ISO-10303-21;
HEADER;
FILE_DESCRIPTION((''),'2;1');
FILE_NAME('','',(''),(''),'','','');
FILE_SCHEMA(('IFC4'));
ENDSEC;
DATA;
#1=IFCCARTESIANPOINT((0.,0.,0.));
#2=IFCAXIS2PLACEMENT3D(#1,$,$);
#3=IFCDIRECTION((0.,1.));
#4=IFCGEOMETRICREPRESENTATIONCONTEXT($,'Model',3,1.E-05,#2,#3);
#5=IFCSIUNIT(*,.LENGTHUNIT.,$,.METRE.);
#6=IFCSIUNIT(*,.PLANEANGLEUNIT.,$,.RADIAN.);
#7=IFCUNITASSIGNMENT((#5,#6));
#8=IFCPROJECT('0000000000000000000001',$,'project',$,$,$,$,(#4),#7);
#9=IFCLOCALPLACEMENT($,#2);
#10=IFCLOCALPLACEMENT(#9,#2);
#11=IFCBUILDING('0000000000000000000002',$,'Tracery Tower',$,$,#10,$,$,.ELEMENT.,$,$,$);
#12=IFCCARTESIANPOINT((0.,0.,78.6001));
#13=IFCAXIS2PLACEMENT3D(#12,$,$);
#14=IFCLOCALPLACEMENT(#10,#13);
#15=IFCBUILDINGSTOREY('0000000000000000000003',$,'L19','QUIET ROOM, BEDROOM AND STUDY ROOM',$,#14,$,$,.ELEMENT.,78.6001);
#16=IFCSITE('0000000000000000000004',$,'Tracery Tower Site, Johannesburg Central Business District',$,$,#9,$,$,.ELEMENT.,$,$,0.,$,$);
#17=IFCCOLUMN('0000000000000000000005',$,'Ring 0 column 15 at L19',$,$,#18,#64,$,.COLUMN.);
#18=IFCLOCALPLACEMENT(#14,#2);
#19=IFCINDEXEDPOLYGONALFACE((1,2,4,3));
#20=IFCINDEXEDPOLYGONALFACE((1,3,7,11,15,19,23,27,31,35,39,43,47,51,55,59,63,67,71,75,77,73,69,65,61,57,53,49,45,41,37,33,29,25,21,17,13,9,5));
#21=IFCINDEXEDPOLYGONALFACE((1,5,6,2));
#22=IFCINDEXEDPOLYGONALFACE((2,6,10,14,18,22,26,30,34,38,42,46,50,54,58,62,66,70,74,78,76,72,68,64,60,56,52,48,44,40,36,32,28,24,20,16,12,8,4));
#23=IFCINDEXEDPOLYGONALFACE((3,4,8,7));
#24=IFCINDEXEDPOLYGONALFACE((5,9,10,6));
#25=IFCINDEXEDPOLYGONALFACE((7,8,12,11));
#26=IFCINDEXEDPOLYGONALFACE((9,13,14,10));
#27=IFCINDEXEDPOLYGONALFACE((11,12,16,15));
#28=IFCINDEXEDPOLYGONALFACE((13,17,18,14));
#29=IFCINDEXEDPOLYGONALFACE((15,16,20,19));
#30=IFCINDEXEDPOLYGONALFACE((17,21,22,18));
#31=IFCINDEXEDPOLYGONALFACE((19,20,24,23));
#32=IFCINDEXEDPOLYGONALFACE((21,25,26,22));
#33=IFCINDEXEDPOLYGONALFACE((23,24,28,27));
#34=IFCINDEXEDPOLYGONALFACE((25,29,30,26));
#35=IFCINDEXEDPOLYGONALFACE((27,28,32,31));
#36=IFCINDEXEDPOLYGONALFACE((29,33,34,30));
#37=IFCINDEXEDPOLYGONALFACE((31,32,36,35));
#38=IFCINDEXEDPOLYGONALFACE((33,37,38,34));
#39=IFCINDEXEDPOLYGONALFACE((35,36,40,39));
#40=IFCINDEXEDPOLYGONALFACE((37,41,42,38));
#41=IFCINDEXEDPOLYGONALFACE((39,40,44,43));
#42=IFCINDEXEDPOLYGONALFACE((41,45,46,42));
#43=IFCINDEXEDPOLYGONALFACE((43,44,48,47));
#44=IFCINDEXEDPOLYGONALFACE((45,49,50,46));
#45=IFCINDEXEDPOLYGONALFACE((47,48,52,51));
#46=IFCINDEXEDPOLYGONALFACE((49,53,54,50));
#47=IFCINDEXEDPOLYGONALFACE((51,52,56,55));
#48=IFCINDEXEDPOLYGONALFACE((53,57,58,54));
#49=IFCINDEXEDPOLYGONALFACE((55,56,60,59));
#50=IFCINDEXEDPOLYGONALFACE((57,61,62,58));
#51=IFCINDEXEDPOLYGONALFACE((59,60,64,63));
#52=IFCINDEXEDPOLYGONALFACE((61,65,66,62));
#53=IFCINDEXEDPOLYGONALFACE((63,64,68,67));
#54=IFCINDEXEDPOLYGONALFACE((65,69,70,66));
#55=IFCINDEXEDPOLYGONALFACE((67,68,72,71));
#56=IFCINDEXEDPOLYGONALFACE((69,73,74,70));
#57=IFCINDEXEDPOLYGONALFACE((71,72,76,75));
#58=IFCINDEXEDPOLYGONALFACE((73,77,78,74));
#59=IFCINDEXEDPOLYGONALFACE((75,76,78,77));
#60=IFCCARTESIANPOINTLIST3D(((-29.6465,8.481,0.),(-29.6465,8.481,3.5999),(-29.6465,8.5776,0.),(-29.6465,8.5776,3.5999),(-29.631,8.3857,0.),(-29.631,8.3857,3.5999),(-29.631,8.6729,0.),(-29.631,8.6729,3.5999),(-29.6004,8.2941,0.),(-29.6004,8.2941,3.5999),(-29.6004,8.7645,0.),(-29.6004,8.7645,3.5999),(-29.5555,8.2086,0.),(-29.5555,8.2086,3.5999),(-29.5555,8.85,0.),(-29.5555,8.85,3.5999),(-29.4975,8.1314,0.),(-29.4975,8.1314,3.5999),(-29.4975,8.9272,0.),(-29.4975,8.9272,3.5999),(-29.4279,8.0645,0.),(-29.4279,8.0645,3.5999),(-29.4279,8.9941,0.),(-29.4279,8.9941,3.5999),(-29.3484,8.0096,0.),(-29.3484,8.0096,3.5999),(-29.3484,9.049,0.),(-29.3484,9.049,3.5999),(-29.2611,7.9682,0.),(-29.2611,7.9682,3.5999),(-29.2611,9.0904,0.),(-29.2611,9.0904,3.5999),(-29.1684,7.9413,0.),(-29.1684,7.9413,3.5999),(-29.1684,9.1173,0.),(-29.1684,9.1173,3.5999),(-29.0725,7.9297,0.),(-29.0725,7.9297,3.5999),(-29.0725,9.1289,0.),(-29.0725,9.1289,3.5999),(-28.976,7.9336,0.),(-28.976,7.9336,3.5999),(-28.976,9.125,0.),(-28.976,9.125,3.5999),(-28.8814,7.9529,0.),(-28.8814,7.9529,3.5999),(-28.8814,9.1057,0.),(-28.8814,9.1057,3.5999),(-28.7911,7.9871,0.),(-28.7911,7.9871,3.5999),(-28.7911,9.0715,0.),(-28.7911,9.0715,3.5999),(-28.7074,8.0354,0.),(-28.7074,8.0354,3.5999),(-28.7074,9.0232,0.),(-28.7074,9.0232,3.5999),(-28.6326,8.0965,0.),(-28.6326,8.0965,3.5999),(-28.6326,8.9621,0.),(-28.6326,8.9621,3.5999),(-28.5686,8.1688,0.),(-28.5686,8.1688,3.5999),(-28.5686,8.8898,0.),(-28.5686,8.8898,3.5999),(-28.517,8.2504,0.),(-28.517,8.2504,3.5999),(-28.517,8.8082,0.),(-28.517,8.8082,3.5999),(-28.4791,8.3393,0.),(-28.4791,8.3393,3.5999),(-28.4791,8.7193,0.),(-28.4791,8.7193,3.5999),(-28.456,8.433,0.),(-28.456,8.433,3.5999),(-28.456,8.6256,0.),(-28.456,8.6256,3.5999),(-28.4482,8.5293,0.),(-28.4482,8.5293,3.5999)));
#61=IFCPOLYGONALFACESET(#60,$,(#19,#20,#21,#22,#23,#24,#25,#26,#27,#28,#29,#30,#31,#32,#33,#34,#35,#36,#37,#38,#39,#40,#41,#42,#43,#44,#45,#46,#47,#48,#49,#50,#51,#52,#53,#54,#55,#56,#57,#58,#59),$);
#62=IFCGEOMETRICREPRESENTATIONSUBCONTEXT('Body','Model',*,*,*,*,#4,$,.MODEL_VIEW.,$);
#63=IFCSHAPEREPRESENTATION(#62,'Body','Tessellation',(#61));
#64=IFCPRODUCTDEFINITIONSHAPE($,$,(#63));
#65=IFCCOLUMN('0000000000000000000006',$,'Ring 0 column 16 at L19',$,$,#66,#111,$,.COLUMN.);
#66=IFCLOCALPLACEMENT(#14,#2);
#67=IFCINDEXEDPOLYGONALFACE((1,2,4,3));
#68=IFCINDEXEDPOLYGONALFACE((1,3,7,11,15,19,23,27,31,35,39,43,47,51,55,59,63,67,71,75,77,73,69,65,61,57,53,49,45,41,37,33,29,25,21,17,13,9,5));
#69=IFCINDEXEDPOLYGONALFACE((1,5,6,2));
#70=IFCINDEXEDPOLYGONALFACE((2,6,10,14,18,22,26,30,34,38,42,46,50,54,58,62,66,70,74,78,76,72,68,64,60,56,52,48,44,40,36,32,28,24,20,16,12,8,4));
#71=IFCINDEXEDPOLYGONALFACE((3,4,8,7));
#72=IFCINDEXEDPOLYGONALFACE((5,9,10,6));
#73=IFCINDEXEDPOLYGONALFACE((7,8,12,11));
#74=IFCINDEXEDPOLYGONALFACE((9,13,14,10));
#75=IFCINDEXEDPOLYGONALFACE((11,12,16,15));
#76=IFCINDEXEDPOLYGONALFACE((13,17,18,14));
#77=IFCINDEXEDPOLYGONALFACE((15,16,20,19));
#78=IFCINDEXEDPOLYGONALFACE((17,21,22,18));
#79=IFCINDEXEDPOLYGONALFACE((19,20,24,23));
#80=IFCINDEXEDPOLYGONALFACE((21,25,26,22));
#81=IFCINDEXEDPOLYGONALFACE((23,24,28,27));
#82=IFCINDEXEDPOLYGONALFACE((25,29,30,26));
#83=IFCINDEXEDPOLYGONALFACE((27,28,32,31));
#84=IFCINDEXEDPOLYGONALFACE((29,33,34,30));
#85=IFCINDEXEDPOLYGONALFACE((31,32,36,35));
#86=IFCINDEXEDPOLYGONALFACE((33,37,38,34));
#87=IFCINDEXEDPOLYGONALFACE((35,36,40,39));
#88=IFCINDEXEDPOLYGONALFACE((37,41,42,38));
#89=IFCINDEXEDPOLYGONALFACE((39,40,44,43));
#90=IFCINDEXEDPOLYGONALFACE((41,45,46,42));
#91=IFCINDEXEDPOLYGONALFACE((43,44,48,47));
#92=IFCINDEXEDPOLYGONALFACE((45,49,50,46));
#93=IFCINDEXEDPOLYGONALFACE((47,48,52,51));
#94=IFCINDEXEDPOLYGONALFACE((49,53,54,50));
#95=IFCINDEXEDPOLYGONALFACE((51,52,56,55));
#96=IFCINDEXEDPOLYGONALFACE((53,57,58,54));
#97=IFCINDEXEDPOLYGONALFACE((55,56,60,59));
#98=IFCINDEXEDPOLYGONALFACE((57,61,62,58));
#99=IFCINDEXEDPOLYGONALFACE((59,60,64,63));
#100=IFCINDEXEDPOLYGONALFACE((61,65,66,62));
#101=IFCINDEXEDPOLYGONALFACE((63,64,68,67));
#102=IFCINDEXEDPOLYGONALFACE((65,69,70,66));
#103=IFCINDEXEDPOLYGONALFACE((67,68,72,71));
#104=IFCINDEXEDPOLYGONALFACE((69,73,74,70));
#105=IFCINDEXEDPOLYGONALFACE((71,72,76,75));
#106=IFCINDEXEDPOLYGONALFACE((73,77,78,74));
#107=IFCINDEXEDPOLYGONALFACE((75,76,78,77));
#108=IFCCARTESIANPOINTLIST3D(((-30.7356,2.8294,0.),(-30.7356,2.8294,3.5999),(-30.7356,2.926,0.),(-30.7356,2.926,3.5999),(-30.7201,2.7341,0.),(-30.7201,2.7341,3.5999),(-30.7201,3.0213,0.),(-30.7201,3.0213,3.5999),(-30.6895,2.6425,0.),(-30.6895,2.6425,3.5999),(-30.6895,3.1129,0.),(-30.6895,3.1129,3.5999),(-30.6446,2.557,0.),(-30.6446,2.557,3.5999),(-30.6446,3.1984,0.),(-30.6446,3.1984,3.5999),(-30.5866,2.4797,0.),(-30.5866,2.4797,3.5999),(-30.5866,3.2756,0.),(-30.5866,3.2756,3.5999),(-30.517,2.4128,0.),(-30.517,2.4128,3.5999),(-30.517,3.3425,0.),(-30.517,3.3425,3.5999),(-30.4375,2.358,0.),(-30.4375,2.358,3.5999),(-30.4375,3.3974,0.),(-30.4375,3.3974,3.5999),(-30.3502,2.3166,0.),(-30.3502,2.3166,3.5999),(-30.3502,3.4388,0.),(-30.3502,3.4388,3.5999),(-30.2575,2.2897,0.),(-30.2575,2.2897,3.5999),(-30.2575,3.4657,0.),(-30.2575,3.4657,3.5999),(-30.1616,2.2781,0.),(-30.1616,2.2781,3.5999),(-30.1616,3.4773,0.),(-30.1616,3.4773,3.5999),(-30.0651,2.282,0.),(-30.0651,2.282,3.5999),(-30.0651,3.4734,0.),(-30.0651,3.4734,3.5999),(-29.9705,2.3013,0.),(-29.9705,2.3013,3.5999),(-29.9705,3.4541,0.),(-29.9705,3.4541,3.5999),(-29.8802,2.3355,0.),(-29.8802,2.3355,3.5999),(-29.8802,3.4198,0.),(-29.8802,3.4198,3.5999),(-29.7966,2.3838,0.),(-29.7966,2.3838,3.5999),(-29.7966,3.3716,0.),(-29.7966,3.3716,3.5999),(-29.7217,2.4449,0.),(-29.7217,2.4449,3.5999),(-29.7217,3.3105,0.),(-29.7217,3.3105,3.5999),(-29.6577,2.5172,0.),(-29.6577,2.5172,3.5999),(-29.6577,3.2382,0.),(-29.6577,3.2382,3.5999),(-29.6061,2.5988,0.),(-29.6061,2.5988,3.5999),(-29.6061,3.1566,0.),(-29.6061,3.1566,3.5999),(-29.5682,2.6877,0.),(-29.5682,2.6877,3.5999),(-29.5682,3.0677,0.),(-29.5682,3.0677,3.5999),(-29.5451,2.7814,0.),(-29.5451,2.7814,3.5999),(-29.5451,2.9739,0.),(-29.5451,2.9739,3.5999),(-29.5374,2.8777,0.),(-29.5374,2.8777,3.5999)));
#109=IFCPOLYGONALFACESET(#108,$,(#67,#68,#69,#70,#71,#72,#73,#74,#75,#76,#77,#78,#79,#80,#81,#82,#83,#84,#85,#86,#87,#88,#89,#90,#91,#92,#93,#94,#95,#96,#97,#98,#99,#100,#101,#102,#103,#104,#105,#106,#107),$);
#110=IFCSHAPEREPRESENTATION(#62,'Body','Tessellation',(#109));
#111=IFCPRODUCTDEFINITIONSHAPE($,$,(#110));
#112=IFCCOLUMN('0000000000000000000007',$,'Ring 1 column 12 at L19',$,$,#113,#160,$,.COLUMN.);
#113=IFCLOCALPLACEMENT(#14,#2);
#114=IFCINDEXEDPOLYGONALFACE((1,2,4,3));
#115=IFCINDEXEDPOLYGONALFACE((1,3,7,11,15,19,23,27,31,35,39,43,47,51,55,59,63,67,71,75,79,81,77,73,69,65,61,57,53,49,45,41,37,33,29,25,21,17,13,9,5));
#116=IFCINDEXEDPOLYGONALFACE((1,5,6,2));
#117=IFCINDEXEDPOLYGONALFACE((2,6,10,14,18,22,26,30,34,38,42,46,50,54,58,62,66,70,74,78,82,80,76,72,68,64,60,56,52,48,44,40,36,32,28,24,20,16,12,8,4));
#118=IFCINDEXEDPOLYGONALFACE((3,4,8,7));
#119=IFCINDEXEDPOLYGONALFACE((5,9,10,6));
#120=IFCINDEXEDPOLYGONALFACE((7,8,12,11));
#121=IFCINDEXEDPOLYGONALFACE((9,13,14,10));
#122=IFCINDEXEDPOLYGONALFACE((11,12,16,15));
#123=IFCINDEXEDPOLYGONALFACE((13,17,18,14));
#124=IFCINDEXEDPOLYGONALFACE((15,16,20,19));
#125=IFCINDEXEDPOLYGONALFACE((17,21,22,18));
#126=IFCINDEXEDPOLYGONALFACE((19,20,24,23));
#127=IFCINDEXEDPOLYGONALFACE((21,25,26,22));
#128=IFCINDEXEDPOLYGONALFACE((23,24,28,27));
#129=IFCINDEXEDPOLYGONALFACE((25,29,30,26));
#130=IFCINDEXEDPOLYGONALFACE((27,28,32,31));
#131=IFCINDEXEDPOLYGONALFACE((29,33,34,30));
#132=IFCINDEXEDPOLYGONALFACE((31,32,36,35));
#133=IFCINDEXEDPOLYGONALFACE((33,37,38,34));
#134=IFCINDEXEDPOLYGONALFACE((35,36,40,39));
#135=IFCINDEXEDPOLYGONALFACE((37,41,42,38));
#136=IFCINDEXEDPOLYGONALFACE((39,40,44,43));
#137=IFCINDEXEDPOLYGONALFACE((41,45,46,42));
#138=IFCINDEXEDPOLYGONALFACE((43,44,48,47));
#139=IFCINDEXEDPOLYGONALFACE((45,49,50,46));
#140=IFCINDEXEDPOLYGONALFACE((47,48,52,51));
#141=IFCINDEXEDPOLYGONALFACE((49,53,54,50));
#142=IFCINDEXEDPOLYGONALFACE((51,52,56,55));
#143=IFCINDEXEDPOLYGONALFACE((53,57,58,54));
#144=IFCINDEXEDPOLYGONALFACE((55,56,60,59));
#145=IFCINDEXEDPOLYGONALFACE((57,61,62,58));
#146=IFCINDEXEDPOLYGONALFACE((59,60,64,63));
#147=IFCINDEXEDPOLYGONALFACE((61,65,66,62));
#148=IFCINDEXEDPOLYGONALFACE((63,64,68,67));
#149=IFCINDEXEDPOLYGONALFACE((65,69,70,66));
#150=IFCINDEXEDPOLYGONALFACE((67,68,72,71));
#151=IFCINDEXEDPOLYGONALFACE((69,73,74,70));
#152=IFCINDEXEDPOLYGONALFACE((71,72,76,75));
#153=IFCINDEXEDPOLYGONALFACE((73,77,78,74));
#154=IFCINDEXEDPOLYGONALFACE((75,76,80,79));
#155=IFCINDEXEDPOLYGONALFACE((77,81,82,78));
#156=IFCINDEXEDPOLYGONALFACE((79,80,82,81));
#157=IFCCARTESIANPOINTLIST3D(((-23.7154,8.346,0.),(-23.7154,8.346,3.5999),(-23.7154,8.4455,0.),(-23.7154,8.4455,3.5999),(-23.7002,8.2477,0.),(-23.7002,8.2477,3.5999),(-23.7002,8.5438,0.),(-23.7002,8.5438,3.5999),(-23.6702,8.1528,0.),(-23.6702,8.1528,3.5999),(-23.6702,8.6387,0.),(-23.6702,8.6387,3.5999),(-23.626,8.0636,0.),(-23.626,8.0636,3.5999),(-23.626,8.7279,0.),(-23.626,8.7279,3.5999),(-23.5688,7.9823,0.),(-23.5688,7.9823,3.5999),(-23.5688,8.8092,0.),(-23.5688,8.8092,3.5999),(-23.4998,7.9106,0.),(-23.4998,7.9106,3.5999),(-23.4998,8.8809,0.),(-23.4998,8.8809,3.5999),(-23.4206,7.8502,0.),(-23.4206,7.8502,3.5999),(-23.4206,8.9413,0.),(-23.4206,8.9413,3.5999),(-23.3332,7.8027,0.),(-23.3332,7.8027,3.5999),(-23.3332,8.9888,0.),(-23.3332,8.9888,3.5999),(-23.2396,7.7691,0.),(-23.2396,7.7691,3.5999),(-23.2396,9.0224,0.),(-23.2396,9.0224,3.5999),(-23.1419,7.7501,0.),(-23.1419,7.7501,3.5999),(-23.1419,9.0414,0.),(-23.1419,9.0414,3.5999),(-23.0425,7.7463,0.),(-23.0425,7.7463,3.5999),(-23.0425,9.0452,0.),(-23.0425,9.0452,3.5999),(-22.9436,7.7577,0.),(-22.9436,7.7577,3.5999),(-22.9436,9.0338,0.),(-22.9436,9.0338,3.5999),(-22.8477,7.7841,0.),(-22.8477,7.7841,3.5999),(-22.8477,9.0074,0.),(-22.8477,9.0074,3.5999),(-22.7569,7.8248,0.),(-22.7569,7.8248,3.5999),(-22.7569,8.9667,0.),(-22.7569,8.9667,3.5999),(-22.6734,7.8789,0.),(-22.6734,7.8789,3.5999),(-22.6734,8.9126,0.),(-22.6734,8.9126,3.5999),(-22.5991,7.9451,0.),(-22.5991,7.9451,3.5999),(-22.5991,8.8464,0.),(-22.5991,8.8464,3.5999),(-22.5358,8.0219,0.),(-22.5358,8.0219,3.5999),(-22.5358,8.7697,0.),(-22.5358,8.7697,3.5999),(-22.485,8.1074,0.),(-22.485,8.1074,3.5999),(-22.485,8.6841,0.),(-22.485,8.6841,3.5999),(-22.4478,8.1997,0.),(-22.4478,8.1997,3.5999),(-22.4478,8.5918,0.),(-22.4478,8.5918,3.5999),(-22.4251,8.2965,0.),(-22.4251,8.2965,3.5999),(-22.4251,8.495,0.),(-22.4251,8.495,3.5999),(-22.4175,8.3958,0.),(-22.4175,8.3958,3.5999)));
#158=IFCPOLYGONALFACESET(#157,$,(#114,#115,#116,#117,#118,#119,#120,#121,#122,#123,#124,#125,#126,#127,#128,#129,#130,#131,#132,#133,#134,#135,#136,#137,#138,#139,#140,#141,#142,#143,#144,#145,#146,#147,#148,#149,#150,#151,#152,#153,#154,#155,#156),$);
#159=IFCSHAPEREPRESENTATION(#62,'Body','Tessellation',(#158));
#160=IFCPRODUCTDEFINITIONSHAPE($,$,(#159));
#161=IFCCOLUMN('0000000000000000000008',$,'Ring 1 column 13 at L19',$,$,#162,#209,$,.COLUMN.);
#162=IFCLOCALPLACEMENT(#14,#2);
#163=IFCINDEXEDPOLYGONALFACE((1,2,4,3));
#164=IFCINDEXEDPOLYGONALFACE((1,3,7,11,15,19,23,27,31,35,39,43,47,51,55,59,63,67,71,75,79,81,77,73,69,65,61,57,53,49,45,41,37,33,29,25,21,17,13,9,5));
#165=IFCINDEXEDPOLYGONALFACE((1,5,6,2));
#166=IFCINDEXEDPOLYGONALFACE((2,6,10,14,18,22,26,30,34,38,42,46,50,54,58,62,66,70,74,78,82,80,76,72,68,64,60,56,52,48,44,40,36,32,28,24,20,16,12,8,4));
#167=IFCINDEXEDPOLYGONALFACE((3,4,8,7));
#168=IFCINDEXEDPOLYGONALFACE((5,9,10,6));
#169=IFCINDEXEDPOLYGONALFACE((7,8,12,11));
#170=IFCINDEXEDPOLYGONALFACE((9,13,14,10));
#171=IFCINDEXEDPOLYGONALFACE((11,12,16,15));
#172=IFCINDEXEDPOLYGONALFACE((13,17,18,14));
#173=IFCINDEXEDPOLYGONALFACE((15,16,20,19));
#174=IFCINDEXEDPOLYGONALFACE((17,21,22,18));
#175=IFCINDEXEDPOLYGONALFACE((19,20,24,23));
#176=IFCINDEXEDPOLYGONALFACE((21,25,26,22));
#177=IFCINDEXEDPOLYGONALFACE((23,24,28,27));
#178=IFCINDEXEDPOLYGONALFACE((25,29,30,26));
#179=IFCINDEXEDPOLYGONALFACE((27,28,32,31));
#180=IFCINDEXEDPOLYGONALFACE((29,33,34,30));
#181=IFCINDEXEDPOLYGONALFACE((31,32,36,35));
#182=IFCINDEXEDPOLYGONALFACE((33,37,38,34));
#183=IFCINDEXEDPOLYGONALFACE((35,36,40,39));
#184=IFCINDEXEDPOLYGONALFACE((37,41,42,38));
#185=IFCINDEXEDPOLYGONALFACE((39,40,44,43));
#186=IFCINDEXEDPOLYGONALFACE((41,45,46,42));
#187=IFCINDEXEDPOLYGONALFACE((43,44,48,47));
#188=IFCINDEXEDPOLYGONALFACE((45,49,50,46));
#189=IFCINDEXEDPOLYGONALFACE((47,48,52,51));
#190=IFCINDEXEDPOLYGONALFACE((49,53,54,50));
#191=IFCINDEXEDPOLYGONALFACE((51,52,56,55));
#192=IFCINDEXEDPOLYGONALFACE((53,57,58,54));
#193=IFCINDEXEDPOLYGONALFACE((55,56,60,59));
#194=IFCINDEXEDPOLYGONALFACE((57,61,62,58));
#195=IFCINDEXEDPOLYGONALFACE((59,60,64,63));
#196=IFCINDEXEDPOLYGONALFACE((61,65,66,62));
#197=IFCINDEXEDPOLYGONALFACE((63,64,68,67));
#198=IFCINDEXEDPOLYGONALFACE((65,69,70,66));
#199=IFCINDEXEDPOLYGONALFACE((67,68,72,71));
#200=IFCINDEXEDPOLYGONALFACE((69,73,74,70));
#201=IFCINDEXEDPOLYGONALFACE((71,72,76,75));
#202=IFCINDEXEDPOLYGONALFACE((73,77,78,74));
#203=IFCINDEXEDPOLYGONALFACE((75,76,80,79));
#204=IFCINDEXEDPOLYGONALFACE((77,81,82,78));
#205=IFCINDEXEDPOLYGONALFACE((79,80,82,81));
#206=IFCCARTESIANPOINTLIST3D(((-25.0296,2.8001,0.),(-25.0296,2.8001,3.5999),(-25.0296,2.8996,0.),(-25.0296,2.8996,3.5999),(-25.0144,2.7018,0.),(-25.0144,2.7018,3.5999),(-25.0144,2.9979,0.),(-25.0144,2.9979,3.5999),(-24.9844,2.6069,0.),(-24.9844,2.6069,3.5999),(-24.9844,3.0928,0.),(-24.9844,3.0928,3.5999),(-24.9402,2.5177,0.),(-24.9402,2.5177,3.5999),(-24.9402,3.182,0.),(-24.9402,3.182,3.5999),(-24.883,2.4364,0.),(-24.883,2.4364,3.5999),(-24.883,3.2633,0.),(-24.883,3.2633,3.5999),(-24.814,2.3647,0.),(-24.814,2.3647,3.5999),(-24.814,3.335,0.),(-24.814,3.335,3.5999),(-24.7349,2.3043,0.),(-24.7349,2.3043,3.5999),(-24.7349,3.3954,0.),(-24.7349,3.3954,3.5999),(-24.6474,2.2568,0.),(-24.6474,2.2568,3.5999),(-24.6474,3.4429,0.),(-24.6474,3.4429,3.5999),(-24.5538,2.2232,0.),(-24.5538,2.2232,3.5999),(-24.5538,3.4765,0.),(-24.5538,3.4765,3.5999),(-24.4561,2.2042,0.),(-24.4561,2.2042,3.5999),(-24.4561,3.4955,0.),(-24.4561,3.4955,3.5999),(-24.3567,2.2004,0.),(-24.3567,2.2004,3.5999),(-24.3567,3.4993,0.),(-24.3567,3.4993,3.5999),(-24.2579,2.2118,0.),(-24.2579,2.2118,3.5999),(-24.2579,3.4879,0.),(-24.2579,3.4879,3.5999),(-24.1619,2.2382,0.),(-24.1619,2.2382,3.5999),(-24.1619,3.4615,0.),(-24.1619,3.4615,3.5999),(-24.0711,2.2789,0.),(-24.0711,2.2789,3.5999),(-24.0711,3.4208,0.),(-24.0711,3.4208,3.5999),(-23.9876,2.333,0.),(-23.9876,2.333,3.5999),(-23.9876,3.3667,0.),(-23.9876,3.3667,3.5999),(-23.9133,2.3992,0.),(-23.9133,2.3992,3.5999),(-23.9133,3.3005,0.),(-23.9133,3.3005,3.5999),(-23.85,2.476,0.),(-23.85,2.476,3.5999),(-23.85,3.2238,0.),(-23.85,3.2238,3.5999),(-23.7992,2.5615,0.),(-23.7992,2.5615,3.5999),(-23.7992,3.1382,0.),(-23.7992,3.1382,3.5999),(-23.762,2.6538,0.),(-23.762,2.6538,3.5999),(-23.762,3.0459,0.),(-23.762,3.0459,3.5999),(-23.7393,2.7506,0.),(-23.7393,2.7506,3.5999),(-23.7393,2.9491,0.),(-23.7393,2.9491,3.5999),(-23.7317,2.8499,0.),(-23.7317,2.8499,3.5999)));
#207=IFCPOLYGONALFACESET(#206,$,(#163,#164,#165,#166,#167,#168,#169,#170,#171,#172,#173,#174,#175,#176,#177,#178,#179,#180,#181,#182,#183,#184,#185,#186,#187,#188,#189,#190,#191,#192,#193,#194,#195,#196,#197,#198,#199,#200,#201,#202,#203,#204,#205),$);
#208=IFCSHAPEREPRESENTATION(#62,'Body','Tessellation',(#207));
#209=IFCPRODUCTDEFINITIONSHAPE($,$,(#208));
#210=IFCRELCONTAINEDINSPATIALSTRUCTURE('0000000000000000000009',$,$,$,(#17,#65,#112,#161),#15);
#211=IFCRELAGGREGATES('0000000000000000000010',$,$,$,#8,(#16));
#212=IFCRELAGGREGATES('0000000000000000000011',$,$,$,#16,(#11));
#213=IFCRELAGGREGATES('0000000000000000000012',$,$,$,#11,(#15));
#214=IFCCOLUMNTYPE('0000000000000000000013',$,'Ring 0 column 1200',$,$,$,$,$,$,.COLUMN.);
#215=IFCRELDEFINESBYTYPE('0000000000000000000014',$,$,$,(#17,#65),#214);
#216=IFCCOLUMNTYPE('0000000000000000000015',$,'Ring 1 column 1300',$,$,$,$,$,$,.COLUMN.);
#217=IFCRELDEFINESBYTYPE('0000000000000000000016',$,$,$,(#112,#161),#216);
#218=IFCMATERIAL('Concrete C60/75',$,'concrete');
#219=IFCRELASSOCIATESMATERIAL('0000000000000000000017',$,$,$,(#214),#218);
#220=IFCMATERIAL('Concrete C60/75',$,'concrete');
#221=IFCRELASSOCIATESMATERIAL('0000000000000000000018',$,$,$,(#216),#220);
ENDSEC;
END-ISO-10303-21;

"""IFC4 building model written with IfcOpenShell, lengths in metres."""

from ifc_helpers import new_model, si_unit, direction, frame, origin, origin_2d, place, context, subcontext, project, spatial, circle, extrude, material, material_profile, profile_set, type_object, element, save


model = new_model("IFC4")

# Units and contexts
model_context = context("Model", 3, precision=1e-05, world=origin(), true_north=direction((0.0, 1.0)))
body_context = subcontext(model_context, "Body", "Model", "MODEL_VIEW")
ifc_project = project(units=[si_unit("LENGTHUNIT", "METRE"), si_unit("PLANEANGLEUNIT", "RADIAN")], contexts=[model_context])

# Site, building, storey
site_placement = place(None, origin())
site = spatial("IfcSite", under=ifc_project, at=site_placement, Name="Tracery Tower Site, Johannesburg Central Business District", CompositionType="ELEMENT", RefElevation=0.0)
building_placement = place(site_placement, origin())
building = spatial("IfcBuilding", under=site, at=building_placement, Name="Tracery Tower", CompositionType="ELEMENT")
storey_placement = place(building_placement, frame((0.0, 0.0, 78.6001)))
storey = spatial("IfcBuildingStorey", under=building, at=storey_placement, Name="L19", Description="QUIET ROOM, BEDROOM AND STUDY ROOM", CompositionType="ELEMENT", Elevation=78.6001)

# Columns
ifc_material_1 = material(Name="Concrete C60/75", Category="concrete")
ifc_material_profile_1 = material_profile(ifc_material_1, circle(Radius=0.6001, at=origin_2d()), Name="RC D1200")
ifc_profile_set_1 = profile_set([ifc_material_profile_1], Name="Concrete C60/75")
column_type_1 = type_object("IfcColumnType", Name="Ring 0 column 1200", PredefinedType="COLUMN", material=ifc_profile_set_1)
for number, where, z_axis, x_axis, name in (
    (1, (-29.0483, 8.5293, 0.0), (0.0, 0.0, 1.0), (1.0, 0.0, 0.0), "Ring 0 column 15 at L19"),
    (2, (-30.1375, 2.8777, 0.0), (0.0, 0.0, 1.0), (1.0, 0.0, 0.0), "Ring 0 column 16 at L19"),
):
    element("IfcColumn", number, at=place(storey_placement, frame(where, z_axis=z_axis, x_axis=x_axis)), inside=storey, type_object=column_type_1, Name=name, PredefinedType="COLUMN", context=body_context, shape_type="SweptSolid", body=[
        extrude(circle(Radius=0.6001, at=origin_2d()), origin(), (0.0, 0.0, 1.0), 3.5999),
    ])
ifc_material_2 = material(Name="Concrete C60/75", Category="concrete")
ifc_material_profile_2 = material_profile(ifc_material_2, circle(Radius=0.6499, at=origin_2d()), Name="RC D1300")
ifc_profile_set_2 = profile_set([ifc_material_profile_2], Name="Concrete C60/75")
column_type_2 = type_object("IfcColumnType", Name="Ring 1 column 1300", PredefinedType="COLUMN", material=ifc_profile_set_2)
for number, where, z_axis, x_axis, name in (
    (3, (-23.0674, 8.3958, 0.0), (0.0, 0.0, 1.0), (1.0, 0.0, 0.0), "Ring 1 column 12 at L19"),
    (4, (-24.3816, 2.8499, 0.0), (0.0, 0.0, 1.0), (1.0, 0.0, 0.0), "Ring 1 column 13 at L19"),
):
    element("IfcColumn", number, at=place(storey_placement, frame(where, z_axis=z_axis, x_axis=x_axis)), inside=storey, type_object=column_type_2, Name=name, PredefinedType="COLUMN", context=body_context, shape_type="SweptSolid", body=[
        extrude(circle(Radius=0.6499, at=origin_2d()), origin(), (0.0, 0.0, 1.0), 3.5999),
    ])

save(model, "model.ifc")
